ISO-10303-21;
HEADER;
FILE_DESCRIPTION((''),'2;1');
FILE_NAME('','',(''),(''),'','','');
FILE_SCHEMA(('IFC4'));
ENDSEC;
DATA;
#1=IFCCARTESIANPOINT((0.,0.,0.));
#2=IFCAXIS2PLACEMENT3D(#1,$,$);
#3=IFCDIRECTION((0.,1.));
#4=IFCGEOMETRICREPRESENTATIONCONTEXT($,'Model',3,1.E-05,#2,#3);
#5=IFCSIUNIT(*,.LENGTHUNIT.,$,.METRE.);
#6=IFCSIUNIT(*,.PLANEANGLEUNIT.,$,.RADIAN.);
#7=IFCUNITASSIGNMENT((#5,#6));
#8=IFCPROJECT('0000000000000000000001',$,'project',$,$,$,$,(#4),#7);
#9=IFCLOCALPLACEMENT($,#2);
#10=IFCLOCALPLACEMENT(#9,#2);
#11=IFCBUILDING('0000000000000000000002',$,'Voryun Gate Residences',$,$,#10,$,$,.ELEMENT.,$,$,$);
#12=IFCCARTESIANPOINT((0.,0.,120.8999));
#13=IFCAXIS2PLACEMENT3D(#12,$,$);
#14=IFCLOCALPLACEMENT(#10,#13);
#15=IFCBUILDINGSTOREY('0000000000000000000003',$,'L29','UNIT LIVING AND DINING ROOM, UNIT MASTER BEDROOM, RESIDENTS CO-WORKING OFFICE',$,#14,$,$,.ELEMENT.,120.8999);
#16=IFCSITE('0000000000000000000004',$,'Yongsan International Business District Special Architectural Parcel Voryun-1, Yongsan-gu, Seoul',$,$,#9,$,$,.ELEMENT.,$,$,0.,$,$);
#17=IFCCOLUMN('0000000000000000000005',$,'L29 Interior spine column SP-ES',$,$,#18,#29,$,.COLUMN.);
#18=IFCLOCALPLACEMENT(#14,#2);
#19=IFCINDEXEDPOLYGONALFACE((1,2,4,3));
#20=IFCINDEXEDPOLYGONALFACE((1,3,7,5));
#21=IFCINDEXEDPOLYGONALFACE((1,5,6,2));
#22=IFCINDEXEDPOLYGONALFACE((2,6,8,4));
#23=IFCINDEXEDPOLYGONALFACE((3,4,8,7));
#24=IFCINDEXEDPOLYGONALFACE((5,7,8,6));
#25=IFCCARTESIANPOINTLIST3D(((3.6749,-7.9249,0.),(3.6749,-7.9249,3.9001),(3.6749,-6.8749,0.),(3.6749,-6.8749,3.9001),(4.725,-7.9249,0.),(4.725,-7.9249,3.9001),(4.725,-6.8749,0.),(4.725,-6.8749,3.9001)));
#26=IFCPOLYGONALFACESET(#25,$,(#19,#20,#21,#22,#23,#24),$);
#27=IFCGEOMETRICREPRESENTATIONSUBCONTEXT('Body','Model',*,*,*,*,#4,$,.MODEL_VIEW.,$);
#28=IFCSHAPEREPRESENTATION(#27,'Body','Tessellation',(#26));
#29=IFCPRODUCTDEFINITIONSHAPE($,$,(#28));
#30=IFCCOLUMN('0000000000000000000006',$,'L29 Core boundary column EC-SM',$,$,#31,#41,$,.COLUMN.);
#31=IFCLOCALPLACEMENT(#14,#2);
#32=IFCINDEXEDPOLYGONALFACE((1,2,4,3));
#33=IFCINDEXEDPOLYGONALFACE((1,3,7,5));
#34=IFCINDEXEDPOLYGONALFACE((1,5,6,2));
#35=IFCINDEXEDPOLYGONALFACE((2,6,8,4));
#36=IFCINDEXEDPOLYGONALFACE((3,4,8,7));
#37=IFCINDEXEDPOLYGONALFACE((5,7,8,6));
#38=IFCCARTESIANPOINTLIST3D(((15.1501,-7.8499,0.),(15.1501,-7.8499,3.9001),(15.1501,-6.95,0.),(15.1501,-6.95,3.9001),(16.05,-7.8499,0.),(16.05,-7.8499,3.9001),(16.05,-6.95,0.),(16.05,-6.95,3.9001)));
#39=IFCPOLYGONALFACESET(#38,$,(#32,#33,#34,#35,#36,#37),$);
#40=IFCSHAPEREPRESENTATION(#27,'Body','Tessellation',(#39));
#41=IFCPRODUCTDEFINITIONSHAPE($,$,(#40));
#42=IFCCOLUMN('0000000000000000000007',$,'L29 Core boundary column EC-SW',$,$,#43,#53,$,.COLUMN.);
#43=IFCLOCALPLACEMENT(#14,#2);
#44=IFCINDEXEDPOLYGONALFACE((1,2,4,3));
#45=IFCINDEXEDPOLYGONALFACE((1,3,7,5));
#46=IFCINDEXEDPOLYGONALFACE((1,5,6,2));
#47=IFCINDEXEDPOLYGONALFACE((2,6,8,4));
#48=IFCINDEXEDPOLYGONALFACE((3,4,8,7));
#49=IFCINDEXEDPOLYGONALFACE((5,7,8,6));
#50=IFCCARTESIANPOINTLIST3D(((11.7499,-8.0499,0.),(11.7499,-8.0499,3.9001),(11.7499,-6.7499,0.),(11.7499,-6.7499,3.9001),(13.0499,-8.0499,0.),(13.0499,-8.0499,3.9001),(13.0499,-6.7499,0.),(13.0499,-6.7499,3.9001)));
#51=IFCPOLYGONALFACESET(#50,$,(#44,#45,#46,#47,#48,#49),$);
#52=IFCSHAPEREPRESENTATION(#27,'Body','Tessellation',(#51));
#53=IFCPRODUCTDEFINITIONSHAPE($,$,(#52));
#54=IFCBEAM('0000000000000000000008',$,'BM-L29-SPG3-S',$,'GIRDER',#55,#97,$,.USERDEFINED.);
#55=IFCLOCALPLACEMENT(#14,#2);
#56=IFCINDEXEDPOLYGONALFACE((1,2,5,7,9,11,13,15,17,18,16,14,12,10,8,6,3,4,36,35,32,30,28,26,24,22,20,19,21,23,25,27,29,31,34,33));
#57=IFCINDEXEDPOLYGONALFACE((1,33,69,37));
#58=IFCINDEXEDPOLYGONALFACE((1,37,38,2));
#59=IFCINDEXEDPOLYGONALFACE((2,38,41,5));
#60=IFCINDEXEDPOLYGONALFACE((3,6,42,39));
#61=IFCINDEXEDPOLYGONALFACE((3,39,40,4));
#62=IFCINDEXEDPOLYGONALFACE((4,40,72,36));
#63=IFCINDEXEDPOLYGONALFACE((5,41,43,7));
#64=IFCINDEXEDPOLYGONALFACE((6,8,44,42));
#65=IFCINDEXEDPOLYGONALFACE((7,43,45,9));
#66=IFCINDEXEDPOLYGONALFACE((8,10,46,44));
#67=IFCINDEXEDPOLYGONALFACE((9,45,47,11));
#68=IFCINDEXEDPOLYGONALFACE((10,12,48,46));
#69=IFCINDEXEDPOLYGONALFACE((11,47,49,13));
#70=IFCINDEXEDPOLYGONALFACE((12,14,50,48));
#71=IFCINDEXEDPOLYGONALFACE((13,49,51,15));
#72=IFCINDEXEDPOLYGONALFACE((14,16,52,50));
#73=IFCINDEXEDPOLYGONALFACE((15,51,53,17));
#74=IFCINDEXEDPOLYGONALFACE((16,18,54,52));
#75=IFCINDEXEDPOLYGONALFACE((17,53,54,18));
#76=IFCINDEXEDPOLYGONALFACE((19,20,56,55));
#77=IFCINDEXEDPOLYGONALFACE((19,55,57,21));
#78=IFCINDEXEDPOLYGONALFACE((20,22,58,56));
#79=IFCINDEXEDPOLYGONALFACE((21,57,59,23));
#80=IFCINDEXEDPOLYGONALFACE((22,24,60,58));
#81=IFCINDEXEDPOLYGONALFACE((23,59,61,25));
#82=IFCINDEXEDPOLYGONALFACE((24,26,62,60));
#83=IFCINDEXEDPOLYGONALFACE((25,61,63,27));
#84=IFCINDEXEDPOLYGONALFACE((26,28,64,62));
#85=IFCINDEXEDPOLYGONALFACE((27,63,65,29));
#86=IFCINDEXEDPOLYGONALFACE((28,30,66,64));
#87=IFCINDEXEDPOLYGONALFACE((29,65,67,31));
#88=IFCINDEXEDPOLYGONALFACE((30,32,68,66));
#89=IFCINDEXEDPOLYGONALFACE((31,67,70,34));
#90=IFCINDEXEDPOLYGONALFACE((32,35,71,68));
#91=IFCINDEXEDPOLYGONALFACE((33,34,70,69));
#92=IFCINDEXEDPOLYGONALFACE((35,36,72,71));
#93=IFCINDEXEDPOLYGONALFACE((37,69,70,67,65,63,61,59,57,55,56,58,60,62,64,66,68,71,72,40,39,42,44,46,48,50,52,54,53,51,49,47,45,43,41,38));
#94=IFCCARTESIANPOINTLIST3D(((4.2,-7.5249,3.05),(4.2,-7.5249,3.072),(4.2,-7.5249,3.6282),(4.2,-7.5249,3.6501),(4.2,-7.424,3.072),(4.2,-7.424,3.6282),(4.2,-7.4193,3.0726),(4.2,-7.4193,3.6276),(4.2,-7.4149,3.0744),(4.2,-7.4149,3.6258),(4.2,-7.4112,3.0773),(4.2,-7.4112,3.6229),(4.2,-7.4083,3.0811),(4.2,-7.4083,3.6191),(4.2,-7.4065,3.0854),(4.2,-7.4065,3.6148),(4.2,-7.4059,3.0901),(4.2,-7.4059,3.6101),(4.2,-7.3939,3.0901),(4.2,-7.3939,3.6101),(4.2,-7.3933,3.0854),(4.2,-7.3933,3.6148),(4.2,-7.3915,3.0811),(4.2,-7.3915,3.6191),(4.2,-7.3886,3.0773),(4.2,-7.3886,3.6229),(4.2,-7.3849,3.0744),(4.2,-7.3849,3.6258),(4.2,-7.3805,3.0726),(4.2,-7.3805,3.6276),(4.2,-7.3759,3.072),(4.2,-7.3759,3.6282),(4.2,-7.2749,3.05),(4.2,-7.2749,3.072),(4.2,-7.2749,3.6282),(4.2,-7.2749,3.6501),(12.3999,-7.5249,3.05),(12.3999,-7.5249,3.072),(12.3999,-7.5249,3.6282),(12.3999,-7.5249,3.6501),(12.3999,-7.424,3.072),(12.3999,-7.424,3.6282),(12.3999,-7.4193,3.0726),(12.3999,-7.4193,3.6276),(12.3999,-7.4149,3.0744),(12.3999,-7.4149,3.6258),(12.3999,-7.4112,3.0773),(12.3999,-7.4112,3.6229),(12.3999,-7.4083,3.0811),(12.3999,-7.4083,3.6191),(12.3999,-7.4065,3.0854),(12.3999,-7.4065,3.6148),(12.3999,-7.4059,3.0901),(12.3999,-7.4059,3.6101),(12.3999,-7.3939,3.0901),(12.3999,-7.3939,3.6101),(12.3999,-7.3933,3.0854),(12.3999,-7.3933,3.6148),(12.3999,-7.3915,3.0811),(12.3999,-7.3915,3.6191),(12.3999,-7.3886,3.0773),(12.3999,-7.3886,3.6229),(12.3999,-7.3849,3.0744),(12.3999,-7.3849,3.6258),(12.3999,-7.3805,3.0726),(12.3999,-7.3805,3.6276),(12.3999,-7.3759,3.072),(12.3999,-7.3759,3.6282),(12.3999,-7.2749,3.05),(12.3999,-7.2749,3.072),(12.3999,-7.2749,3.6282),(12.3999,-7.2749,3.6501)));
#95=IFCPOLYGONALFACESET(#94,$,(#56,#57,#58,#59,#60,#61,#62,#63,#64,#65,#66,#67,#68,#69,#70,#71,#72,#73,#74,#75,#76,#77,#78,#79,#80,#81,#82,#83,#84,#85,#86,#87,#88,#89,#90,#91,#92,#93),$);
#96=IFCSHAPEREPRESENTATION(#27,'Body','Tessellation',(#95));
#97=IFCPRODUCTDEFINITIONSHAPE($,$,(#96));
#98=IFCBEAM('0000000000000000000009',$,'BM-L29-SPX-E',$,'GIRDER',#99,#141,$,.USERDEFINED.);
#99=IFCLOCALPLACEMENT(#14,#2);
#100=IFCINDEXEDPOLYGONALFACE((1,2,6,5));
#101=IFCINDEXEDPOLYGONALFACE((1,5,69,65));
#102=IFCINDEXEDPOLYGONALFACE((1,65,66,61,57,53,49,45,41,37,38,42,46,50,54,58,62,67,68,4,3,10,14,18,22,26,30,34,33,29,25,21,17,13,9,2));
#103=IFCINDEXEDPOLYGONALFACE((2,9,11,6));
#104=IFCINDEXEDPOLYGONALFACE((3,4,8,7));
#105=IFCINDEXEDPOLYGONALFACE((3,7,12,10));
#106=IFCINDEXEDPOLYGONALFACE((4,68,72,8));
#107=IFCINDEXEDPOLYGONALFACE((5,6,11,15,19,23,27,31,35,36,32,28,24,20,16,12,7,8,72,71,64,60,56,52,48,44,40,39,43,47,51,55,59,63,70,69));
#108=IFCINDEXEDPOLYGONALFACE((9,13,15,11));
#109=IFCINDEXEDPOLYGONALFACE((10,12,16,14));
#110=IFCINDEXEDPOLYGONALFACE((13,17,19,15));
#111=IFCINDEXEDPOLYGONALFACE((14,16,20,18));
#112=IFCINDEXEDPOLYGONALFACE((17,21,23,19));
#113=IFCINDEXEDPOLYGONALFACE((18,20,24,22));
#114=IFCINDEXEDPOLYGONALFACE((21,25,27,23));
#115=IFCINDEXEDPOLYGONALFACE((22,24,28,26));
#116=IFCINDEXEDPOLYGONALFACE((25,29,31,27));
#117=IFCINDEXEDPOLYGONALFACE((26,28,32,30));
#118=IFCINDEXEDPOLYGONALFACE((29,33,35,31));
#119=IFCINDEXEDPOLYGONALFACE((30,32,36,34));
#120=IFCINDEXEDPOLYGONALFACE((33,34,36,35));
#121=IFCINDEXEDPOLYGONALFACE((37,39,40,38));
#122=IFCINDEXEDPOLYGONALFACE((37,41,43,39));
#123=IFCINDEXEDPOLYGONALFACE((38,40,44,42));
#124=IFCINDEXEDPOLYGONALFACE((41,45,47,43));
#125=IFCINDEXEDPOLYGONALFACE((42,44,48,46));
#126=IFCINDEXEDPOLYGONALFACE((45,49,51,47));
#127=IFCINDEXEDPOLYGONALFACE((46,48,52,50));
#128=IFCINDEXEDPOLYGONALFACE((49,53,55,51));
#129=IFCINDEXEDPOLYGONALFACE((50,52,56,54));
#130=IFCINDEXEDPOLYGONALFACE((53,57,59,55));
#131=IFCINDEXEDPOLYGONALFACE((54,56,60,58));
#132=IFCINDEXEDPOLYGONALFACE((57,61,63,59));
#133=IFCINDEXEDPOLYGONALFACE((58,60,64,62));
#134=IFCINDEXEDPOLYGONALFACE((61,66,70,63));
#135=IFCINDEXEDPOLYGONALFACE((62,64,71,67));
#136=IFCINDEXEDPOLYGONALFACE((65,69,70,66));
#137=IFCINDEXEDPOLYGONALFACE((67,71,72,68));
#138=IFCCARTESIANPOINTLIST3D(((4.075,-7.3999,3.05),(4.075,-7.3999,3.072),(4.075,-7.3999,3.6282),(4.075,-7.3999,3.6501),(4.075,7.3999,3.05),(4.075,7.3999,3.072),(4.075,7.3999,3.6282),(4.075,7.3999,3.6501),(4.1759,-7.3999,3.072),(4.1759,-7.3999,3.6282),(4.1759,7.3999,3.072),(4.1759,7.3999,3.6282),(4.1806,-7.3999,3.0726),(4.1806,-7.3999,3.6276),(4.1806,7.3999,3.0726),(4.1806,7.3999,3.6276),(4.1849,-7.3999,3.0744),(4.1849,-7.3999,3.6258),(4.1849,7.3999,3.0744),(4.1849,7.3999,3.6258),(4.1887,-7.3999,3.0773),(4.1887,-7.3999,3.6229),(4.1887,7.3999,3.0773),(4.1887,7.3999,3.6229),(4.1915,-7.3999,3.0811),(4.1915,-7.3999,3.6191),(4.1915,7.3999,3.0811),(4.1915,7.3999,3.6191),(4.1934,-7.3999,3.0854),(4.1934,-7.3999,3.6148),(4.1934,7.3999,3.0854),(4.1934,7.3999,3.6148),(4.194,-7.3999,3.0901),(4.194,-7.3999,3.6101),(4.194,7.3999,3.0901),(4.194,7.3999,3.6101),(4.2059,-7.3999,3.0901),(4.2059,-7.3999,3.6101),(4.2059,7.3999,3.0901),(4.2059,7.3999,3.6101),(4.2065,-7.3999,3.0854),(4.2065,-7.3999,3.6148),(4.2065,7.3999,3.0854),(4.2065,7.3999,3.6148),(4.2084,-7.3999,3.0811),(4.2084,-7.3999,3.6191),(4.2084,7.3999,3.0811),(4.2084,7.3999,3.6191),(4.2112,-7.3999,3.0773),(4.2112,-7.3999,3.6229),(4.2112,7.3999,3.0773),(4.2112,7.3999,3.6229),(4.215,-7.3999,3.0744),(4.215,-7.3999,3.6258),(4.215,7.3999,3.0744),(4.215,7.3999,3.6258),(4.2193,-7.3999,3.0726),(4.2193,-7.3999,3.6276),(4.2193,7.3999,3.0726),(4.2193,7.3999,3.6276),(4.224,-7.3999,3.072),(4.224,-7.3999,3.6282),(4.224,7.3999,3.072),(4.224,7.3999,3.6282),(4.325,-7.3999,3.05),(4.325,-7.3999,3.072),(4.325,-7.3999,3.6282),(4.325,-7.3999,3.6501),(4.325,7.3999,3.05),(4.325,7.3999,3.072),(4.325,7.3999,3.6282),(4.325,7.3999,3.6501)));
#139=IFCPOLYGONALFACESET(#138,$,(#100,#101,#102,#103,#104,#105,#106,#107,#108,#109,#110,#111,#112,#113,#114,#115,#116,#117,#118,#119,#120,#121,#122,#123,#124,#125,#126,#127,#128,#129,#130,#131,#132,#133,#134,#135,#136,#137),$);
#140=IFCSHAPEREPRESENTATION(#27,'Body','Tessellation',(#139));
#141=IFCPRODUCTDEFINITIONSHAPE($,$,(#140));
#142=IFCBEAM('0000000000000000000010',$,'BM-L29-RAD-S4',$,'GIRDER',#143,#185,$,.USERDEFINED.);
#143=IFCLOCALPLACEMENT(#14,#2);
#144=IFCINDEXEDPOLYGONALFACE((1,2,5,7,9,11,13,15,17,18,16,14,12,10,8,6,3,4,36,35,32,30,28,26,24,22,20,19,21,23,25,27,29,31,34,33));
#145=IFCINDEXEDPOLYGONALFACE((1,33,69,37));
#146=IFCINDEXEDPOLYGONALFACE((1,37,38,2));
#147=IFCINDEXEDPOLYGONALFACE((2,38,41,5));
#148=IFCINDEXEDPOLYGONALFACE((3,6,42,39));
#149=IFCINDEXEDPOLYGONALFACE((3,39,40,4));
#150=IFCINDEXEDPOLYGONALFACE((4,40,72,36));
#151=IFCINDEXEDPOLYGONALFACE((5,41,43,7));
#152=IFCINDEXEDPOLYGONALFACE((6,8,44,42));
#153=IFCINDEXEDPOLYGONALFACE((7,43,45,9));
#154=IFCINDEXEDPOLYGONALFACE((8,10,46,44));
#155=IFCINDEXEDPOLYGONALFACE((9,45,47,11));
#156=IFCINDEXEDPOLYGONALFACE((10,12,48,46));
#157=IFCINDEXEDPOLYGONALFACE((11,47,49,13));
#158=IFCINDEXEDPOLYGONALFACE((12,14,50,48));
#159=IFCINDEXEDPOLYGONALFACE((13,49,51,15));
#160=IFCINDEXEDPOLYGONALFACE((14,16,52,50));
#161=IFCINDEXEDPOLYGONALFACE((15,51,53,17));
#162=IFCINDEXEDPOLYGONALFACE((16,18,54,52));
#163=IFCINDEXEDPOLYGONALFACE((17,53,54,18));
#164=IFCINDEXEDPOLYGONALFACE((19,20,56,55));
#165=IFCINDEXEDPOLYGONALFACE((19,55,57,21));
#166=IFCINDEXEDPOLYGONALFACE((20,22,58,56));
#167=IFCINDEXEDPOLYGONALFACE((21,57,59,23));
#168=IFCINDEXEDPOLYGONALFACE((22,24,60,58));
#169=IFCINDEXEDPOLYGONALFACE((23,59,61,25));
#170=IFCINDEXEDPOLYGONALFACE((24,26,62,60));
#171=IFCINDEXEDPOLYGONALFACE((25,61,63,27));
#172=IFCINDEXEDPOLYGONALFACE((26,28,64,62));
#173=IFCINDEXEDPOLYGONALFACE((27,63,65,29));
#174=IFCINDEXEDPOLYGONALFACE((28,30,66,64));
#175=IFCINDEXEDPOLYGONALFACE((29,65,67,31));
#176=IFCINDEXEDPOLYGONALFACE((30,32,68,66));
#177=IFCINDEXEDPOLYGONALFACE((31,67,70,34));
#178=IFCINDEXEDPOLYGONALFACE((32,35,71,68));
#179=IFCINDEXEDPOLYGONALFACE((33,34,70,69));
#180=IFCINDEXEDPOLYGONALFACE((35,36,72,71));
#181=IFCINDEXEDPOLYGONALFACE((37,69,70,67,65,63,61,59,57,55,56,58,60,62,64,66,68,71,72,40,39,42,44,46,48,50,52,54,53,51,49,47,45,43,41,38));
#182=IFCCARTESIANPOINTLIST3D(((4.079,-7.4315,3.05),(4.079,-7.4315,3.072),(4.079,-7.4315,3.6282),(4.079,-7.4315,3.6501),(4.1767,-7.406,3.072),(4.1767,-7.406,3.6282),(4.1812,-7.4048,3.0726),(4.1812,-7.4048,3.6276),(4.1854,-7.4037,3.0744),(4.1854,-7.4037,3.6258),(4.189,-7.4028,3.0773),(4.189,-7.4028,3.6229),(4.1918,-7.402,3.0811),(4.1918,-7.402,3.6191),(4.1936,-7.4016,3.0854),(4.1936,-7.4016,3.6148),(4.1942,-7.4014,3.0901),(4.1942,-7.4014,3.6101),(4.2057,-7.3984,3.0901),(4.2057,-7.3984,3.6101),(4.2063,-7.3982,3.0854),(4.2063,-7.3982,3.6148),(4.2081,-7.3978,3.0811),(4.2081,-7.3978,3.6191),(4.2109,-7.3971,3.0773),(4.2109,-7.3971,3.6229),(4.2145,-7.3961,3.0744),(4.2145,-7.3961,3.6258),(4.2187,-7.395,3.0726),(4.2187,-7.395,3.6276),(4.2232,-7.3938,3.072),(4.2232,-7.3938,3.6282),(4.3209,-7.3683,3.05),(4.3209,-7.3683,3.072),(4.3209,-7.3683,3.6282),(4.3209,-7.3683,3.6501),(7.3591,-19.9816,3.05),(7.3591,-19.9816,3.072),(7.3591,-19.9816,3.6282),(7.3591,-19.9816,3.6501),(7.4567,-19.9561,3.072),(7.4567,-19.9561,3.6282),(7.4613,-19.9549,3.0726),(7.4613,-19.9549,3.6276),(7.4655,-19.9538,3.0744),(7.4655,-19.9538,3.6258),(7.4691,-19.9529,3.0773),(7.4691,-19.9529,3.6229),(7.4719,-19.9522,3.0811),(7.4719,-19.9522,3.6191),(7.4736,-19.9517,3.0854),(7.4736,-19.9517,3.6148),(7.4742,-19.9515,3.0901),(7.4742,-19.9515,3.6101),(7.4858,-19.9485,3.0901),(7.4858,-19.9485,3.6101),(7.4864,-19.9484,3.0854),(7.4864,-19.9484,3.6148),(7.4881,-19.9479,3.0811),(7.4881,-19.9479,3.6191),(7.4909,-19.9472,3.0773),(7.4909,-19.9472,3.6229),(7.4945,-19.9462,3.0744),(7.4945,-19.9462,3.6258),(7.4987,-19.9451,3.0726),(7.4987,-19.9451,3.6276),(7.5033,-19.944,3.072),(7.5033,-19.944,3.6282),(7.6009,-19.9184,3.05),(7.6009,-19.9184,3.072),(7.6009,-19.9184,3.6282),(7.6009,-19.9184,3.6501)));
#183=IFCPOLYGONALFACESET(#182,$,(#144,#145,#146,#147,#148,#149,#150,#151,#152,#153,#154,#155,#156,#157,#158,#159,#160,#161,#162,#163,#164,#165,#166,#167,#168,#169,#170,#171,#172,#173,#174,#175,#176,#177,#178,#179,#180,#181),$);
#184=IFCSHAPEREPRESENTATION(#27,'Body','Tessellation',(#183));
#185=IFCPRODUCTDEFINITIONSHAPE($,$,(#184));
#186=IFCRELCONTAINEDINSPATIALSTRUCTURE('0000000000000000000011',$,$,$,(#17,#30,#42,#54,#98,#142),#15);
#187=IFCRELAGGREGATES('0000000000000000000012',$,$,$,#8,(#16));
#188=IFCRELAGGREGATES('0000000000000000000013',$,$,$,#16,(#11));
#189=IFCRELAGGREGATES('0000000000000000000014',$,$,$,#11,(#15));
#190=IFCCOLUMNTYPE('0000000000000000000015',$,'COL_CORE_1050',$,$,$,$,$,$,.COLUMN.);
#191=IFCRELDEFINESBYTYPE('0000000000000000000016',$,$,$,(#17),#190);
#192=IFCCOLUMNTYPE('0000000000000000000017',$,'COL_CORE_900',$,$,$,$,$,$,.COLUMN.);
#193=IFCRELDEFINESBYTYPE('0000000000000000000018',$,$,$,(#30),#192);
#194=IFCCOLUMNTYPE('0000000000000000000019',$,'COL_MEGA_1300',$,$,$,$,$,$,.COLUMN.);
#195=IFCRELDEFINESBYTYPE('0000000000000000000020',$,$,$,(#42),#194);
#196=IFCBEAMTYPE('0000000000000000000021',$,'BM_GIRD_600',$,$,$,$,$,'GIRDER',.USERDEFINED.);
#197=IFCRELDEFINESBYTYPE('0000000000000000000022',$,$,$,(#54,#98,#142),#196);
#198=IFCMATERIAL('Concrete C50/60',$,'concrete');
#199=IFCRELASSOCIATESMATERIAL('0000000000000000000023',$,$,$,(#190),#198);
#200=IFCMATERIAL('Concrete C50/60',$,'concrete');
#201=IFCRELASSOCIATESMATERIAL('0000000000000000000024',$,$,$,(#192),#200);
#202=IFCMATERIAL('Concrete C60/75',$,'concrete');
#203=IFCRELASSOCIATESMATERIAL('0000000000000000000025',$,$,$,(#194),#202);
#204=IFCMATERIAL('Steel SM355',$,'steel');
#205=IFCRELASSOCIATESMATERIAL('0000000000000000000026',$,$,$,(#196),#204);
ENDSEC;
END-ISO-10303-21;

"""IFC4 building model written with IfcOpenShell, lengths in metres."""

from ifc_helpers import new_model, si_unit, direction, frame, origin, origin_2d, place, context, subcontext, project, spatial, rectangle, i_section, extrude, material, material_profile, profile_set, type_object, element, save


model = new_model("IFC4")

# Units and contexts
model_context = context("Model", 3, precision=1e-05, world=origin(), true_north=direction((0.0, 1.0)))
body_context = subcontext(model_context, "Body", "Model", "MODEL_VIEW")
ifc_project = project(units=[si_unit("LENGTHUNIT", "METRE"), si_unit("PLANEANGLEUNIT", "RADIAN")], contexts=[model_context])

# Site, building, storey
site_placement = place(None, origin())
site = spatial("IfcSite", under=ifc_project, at=site_placement, Name="Yongsan International Business District Special Architectural Parcel Voryun-1, Yongsan-gu, Seoul", CompositionType="ELEMENT", RefElevation=0.0)
building_placement = place(site_placement, origin())
building = spatial("IfcBuilding", under=site, at=building_placement, Name="Voryun Gate Residences", CompositionType="ELEMENT")
storey_placement = place(building_placement, frame((0.0, 0.0, 120.8999)))
storey = spatial("IfcBuildingStorey", under=building, at=storey_placement, Name="L29", Description="UNIT LIVING AND DINING ROOM, UNIT MASTER BEDROOM, RESIDENTS CO-WORKING OFFICE", CompositionType="ELEMENT", Elevation=120.8999)

# Columns
ifc_material_1 = material(Name="Concrete C50/60", Category="concrete")
ifc_material_profile_1 = material_profile(ifc_material_1, rectangle(XDim=1.05, YDim=1.05, at=origin_2d()), Name="RC-1050x1050")
ifc_profile_set_1 = profile_set([ifc_material_profile_1], Name="Concrete C50/60")
column_type_1 = type_object("IfcColumnType", Name="COL_CORE_1050", PredefinedType="COLUMN", material=ifc_profile_set_1)
column_1_placement = place(storey_placement, frame((4.2, -7.3999, 0.0), z_axis=(0.0, 0.0, 1.0), x_axis=(1.0, 0.0, 0.0)))
element("IfcColumn", 1, at=column_1_placement, inside=storey, type_object=column_type_1, Name="L29 Interior spine column SP-ES", PredefinedType="COLUMN", context=body_context, shape_type="SweptSolid", body=[
    extrude(rectangle(XDim=1.05, YDim=1.05, at=origin_2d()), origin(), (0.0, 0.0, 1.0), 3.9001),
])
ifc_material_2 = material(Name="Concrete C50/60", Category="concrete")
ifc_material_profile_2 = material_profile(ifc_material_2, rectangle(XDim=0.8999, YDim=0.8999, at=origin_2d()), Name="RC-900x900")
ifc_profile_set_2 = profile_set([ifc_material_profile_2], Name="Concrete C50/60")
column_type_2 = type_object("IfcColumnType", Name="COL_CORE_900", PredefinedType="COLUMN", material=ifc_profile_set_2)
column_2_placement = place(storey_placement, frame((15.6001, -7.3999, 0.0), z_axis=(0.0, 0.0, 1.0), x_axis=(1.0, 0.0, 0.0)))
element("IfcColumn", 2, at=column_2_placement, inside=storey, type_object=column_type_2, Name="L29 Core boundary column EC-SM", PredefinedType="COLUMN", context=body_context, shape_type="SweptSolid", body=[
    extrude(rectangle(XDim=0.8999, YDim=0.8999, at=origin_2d()), origin(), (0.0, 0.0, 1.0), 3.9001),
])
ifc_material_3 = material(Name="Concrete C60/75", Category="concrete")
ifc_material_profile_3 = material_profile(ifc_material_3, rectangle(XDim=1.3, YDim=1.3, at=origin_2d()), Name="RC-1300x1300")
ifc_profile_set_3 = profile_set([ifc_material_profile_3], Name="Concrete C60/75")
column_type_3 = type_object("IfcColumnType", Name="COL_MEGA_1300", PredefinedType="COLUMN", material=ifc_profile_set_3)
column_3_placement = place(storey_placement, frame((12.3999, -7.3999, 0.0), z_axis=(0.0, 0.0, 1.0), x_axis=(1.0, 0.0, 0.0)))
element("IfcColumn", 3, at=column_3_placement, inside=storey, type_object=column_type_3, Name="L29 Core boundary column EC-SW", PredefinedType="COLUMN", context=body_context, shape_type="SweptSolid", body=[
    extrude(rectangle(XDim=1.3, YDim=1.3, at=origin_2d()), origin(), (0.0, 0.0, 1.0), 3.9001),
])

# Beams
ifc_material_4 = material(Name="Steel SM355", Category="steel")
ifc_material_profile_4 = material_profile(ifc_material_4, i_section(OverallWidth=0.25, OverallDepth=0.6001, WebThickness=0.012, FlangeThickness=0.022, FilletRadius=0.0181, at=origin_2d()), Name="H-600x250x12x22")
ifc_profile_set_4 = profile_set([ifc_material_profile_4], Name="Steel SM355")
beam_type_1 = type_object("IfcBeamType", Name="BM_GIRD_600", ElementType="GIRDER", PredefinedType="USERDEFINED", material=ifc_profile_set_4)
beam_1_placement = place(storey_placement, frame((4.2, -7.3999, 3.3501), z_axis=(1.0, 0.0, 0.0), x_axis=(0.0, 1.0, 0.0)))
element("IfcBeam", 4, at=beam_1_placement, inside=storey, type_object=beam_type_1, Name="BM-L29-SPG3-S", ObjectType="GIRDER", PredefinedType="USERDEFINED", context=body_context, shape_type="SweptSolid", body=[
    extrude(i_section(OverallWidth=0.25, OverallDepth=0.6001, WebThickness=0.012, FlangeThickness=0.022, FilletRadius=0.0181, at=origin_2d()), origin(), (0.0, 0.0, 1.0), 8.2),
])
beam_2_placement = place(storey_placement, frame((4.2, -7.3999, 3.3501), z_axis=(0.0, 1.0, 0.0), x_axis=(-1.0, 0.0, 0.0)))
element("IfcBeam", 5, at=beam_2_placement, inside=storey, type_object=beam_type_1, Name="BM-L29-SPX-E", ObjectType="GIRDER", PredefinedType="USERDEFINED", context=body_context, shape_type="SweptSolid", body=[
    extrude(i_section(OverallWidth=0.25, OverallDepth=0.6001, WebThickness=0.012, FlangeThickness=0.022, FilletRadius=0.0181, at=origin_2d()), origin(), (0.0, 0.0, 1.0), 14.7998),
])
beam_3_placement = place(storey_placement, frame((4.2, -7.3999, 3.3501), z_axis=(0.252862, -0.967502, 0.0), x_axis=(0.967502, 0.252862, 0.0)))
element("IfcBeam", 6, at=beam_3_placement, inside=storey, type_object=beam_type_1, Name="BM-L29-RAD-S4", ObjectType="GIRDER", PredefinedType="USERDEFINED", context=body_context, shape_type="SweptSolid", body=[
    extrude(i_section(OverallWidth=0.25, OverallDepth=0.6001, WebThickness=0.012, FlangeThickness=0.022, FilletRadius=0.0181, at=origin_2d()), origin(), (0.0, 0.0, 1.0), 12.9717),
])

save(model, "model.ifc")
